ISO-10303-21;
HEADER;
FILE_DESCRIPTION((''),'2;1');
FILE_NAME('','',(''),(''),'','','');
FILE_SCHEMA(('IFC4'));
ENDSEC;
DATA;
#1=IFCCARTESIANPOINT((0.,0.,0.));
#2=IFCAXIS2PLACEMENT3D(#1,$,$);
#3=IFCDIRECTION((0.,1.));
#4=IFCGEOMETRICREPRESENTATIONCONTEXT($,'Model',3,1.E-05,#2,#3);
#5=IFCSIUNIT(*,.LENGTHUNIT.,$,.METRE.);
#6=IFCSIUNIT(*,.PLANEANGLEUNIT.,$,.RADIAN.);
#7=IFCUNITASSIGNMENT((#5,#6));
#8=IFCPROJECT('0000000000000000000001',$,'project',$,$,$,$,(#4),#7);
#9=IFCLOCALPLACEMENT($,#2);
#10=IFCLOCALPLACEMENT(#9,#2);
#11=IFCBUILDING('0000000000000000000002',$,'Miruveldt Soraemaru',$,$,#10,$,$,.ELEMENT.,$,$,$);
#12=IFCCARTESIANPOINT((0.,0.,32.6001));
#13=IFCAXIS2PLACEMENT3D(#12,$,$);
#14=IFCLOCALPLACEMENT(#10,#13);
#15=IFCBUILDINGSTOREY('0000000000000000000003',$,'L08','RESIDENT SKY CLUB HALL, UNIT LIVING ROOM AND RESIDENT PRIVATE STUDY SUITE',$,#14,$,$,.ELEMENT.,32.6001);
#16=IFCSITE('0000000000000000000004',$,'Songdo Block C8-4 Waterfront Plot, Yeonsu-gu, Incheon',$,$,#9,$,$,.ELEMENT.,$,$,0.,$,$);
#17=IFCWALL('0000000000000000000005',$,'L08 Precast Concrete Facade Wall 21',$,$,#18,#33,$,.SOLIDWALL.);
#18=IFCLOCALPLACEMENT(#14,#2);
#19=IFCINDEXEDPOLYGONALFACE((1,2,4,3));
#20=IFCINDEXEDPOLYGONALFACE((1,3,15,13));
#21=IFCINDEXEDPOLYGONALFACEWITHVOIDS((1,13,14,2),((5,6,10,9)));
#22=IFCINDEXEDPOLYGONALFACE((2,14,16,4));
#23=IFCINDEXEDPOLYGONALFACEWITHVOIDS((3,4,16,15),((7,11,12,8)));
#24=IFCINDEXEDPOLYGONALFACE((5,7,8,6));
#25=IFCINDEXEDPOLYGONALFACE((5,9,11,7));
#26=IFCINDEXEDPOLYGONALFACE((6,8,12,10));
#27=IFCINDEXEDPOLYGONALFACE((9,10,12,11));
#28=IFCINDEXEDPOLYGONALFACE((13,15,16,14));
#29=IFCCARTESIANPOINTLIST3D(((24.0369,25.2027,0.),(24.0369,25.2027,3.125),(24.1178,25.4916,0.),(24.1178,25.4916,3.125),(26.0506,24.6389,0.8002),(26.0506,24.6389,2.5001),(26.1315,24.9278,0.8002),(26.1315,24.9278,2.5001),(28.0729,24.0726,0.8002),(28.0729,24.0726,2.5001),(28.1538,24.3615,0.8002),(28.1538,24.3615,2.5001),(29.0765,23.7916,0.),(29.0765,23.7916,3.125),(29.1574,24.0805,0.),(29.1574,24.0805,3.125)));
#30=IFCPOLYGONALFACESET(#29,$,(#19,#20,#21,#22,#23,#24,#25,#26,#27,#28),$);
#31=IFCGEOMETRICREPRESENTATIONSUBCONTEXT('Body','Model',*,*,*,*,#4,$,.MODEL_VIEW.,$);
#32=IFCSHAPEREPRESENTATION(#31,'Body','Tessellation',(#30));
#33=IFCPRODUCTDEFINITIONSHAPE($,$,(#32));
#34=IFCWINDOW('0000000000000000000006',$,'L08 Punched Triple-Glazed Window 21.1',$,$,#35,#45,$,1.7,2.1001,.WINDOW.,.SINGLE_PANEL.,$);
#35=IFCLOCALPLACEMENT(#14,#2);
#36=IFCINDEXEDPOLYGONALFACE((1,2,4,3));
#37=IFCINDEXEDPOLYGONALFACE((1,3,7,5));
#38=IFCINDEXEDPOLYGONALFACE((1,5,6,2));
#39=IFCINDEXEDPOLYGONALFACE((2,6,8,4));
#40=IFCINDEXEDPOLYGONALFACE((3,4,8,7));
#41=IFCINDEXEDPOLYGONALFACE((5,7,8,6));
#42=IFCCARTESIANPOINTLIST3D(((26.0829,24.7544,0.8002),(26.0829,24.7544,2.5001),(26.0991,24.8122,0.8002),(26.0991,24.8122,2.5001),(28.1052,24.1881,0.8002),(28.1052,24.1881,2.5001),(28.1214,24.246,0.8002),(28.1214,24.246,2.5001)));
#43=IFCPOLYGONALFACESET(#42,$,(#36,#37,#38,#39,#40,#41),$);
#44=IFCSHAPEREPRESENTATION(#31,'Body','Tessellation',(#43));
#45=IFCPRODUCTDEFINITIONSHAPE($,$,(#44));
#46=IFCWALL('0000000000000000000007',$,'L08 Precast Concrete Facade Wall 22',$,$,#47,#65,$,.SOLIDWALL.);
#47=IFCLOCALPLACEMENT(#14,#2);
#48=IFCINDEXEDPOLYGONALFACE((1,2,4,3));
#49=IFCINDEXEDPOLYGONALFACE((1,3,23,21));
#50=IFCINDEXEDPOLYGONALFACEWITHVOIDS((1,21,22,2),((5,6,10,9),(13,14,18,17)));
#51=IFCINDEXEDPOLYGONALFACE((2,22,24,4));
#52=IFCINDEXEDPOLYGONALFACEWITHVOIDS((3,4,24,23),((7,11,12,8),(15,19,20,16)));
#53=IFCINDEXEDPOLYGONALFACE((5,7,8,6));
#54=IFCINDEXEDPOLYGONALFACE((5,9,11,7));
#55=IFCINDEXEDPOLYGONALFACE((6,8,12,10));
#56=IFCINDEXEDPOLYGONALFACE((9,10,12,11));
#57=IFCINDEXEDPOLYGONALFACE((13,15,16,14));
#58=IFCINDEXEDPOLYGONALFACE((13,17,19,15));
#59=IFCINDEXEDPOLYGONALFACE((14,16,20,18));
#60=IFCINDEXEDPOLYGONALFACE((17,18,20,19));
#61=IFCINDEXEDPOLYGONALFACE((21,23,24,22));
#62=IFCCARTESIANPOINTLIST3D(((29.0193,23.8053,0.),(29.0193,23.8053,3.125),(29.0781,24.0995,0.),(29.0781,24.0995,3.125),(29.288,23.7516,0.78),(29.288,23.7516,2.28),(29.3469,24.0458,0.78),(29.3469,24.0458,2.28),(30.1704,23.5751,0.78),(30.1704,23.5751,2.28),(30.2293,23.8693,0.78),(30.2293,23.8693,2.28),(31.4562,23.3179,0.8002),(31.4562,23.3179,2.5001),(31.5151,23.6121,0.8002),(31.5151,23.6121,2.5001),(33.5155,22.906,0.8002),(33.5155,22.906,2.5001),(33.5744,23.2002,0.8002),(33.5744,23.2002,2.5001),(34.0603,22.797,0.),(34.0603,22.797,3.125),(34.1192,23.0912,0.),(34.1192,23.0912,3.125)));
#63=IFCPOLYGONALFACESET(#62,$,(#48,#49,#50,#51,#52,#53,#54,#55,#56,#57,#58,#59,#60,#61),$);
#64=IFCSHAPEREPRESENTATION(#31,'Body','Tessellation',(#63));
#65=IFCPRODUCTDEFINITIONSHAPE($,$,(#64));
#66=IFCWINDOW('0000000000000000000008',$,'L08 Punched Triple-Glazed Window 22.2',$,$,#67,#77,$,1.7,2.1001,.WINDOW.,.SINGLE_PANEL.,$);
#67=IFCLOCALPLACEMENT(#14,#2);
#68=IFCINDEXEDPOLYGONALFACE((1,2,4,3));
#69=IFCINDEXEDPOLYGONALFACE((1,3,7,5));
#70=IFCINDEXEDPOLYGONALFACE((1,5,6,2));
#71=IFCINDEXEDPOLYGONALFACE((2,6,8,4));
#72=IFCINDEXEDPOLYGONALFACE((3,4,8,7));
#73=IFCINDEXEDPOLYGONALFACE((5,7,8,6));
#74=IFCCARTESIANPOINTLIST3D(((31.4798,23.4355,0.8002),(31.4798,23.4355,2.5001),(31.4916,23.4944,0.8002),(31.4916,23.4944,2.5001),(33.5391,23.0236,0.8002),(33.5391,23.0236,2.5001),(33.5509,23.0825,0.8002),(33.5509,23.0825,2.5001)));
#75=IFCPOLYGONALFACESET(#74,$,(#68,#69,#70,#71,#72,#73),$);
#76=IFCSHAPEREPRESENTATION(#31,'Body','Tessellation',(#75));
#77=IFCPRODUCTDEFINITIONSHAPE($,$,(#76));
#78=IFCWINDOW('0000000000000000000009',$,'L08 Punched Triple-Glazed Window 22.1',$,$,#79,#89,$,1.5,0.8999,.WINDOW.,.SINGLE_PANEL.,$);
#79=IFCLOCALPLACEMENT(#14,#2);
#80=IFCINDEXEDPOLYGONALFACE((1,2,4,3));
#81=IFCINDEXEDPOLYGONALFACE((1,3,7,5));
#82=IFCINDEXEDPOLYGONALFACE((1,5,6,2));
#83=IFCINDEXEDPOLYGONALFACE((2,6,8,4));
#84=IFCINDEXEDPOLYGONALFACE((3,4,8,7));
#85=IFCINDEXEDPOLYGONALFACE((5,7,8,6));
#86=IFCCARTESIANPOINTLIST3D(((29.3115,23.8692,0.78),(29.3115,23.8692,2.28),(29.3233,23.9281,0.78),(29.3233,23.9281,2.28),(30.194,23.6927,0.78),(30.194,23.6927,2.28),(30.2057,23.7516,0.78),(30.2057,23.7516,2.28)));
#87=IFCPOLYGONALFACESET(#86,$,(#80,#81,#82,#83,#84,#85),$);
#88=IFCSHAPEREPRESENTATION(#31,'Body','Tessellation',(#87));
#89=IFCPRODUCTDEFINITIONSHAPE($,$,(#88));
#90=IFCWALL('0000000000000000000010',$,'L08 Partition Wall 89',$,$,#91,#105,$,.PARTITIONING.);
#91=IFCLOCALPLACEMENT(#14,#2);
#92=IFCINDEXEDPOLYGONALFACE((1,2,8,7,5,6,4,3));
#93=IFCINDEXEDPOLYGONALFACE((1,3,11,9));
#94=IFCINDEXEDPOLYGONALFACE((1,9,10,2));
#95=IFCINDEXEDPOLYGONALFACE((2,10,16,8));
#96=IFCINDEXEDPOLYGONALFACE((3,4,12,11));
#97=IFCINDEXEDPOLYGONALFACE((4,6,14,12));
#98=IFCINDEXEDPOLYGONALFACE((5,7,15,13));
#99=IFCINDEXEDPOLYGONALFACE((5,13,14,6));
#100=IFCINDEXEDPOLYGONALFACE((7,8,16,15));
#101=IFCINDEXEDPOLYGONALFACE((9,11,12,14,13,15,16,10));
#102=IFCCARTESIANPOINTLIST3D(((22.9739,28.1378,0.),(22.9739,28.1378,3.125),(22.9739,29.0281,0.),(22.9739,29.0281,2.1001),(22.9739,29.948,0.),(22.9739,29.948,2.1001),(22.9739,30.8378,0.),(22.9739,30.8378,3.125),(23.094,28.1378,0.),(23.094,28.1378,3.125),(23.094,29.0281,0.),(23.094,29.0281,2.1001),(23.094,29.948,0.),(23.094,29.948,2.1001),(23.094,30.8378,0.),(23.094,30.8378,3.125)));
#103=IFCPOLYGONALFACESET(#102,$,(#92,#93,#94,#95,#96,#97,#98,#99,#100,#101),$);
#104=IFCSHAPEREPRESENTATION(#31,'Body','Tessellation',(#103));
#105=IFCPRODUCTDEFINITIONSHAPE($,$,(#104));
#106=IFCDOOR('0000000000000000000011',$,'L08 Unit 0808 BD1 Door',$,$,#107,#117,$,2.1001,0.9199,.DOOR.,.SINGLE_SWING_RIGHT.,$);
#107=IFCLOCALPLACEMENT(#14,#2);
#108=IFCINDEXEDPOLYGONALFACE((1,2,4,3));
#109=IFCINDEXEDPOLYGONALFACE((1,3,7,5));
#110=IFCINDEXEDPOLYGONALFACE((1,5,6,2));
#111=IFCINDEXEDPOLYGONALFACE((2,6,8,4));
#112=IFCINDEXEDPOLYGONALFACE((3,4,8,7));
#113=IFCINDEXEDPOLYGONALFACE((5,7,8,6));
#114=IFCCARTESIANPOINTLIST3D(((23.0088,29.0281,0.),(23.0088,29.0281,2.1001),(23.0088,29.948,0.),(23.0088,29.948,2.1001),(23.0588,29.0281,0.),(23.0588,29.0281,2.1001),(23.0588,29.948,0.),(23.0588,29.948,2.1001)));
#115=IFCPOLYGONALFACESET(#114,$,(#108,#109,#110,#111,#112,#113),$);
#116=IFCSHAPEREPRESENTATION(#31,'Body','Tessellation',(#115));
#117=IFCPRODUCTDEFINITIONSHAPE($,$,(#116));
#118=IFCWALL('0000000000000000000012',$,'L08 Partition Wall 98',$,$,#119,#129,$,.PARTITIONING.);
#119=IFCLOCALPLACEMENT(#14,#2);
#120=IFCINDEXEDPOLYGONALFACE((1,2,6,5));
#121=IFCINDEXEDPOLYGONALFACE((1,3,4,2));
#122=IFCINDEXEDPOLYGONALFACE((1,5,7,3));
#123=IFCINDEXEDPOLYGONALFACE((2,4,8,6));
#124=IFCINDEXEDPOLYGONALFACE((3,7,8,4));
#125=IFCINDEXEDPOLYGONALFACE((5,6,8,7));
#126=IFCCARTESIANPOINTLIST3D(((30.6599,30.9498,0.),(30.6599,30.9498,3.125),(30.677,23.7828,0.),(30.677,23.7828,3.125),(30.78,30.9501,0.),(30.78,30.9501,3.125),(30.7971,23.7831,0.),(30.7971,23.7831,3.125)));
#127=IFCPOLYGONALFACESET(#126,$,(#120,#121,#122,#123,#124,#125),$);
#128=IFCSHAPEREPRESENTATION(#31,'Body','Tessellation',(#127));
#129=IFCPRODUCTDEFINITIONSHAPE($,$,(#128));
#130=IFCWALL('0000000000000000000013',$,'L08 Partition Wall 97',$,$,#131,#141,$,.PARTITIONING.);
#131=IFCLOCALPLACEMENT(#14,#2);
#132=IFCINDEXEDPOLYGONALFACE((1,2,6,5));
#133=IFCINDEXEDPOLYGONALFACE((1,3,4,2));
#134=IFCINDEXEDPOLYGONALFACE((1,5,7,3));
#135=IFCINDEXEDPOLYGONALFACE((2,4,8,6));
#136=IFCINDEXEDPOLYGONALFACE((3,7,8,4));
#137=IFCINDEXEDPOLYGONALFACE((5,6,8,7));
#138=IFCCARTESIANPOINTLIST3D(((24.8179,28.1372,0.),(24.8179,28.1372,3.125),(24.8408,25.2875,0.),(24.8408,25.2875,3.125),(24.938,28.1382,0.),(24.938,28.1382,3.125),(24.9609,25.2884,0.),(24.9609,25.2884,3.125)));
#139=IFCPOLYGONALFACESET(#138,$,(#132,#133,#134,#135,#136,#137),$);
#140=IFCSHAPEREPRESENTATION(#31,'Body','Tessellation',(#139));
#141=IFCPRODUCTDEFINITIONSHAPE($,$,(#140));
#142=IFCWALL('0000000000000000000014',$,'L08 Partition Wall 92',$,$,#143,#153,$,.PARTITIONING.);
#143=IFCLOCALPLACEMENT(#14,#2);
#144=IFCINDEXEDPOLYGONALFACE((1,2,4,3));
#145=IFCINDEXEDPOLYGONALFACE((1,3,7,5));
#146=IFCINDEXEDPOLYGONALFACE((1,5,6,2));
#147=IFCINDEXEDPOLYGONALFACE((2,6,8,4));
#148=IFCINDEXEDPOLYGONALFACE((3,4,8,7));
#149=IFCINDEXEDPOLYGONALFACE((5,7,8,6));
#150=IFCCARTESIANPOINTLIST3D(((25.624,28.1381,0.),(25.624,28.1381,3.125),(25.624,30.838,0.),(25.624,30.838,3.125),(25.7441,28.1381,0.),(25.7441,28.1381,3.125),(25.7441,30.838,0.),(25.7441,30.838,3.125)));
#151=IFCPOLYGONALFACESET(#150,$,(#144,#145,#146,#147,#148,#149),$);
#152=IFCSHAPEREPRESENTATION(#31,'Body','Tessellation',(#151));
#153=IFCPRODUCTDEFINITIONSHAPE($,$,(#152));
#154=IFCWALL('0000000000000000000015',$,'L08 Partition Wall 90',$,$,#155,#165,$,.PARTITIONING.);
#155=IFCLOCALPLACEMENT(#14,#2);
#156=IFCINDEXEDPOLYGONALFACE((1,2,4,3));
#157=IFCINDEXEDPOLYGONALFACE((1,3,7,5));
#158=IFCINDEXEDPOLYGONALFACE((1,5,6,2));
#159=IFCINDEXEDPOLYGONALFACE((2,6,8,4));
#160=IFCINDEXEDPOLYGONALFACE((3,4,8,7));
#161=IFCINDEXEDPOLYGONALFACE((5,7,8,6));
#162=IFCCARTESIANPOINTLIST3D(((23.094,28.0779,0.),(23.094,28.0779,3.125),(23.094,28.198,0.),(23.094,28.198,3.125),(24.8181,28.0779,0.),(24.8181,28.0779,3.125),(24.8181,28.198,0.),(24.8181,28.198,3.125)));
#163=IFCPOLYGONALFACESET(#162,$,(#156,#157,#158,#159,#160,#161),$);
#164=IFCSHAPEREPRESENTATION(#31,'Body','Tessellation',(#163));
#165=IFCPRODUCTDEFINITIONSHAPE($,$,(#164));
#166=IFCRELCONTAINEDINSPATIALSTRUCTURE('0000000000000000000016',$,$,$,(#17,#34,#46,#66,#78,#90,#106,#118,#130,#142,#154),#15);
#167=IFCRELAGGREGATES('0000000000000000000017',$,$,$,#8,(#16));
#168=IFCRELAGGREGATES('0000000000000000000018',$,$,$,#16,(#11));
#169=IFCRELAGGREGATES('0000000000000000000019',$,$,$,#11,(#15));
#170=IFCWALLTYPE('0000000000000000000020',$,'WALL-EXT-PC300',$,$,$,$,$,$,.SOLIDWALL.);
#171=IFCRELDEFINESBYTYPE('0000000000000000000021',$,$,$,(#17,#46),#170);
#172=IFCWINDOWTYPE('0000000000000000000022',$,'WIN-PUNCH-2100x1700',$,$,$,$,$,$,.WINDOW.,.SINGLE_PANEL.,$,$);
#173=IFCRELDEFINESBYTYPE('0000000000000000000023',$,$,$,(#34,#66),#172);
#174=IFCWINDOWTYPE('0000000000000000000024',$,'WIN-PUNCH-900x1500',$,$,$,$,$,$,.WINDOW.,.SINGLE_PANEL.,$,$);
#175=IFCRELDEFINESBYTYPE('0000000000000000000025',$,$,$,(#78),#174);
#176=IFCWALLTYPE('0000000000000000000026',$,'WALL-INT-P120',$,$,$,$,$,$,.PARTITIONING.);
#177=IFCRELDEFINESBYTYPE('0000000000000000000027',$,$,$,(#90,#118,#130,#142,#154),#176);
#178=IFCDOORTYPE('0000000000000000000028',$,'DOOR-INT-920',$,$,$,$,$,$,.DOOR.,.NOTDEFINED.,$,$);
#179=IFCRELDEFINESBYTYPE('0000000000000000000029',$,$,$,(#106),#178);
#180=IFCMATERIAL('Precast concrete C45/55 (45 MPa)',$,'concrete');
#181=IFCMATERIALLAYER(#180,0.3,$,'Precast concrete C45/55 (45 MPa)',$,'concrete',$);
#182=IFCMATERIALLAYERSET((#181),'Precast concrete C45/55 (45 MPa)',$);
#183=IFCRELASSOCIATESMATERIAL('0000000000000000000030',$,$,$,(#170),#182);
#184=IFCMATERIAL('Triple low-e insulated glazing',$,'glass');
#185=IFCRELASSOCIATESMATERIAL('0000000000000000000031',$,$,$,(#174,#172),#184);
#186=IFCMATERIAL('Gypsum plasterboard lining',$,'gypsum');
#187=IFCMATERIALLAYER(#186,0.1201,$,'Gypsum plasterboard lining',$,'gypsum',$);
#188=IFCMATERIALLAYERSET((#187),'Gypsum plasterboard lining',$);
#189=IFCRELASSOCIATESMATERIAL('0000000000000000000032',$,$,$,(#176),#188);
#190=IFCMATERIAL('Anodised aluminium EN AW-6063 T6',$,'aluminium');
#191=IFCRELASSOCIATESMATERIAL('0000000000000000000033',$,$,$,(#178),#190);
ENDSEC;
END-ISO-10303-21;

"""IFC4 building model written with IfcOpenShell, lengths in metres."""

from ifc_helpers import new_model, si_unit, direction, frame, frame_2d, origin, place, context, subcontext, project, spatial, rectangle, extrude, material, layer, layer_set, type_object, element, fill, save


model = new_model("IFC4")

# Units and contexts
model_context = context("Model", 3, precision=1e-05, world=origin(), true_north=direction((0.0, 1.0)))
body_context = subcontext(model_context, "Body", "Model", "MODEL_VIEW")
ifc_project = project(units=[si_unit("LENGTHUNIT", "METRE"), si_unit("PLANEANGLEUNIT", "RADIAN")], contexts=[model_context])

# Site, building, storey
site_placement = place(None, origin())
site = spatial("IfcSite", under=ifc_project, at=site_placement, Name="Songdo Block C8-4 Waterfront Plot, Yeonsu-gu, Incheon", CompositionType="ELEMENT", RefElevation=0.0)
building_placement = place(site_placement, origin())
building = spatial("IfcBuilding", under=site, at=building_placement, Name="Miruveldt Soraemaru", CompositionType="ELEMENT")
storey_placement = place(building_placement, frame((0.0, 0.0, 32.6001)))
storey = spatial("IfcBuildingStorey", under=building, at=storey_placement, Name="L08", Description="RESIDENT SKY CLUB HALL, UNIT LIVING ROOM AND RESIDENT PRIVATE STUDY SUITE", CompositionType="ELEMENT", Elevation=32.6001)

# Shared definitions
ifc_material_1 = material(Name="Anodised aluminium EN AW-6063 T6", Category="aluminium")

# Wall, opening, window
ifc_material_2 = material(Name="Precast concrete C45/55 (45 MPa)", Category="concrete")
ifc_layer_1 = layer(ifc_material_2, 0.3, Name="Precast concrete C45/55 (45 MPa)", Category="concrete")
ifc_layer_set_1 = layer_set([ifc_layer_1], Name="Precast concrete C45/55 (45 MPa)")
wall_type_1 = type_object("IfcWallType", Name="WALL-EXT-PC300", PredefinedType="SOLIDWALL", material=ifc_layer_set_1)
ifc_material_3 = material(Name="Triple low-e insulated glazing", Category="glass")
window_type_1 = type_object("IfcWindowType", Name="WIN-PUNCH-900x1500", PartitioningType="SINGLE_PANEL", PredefinedType="WINDOW", material=ifc_material_3)
wall_1_placement = place(storey_placement, frame((24.0774, 25.3472, 0.0), z_axis=(0.0, 0.0, 1.0), x_axis=(0.962961, -0.26964, 0.0)))
wall_1 = element("IfcWall", 1, at=wall_1_placement, inside=storey, type_object=wall_type_1, Name="L08 Precast Concrete Facade Wall 21", PredefinedType="SOLIDWALL", context=body_context, shape_type="SweptSolid", body=[
    extrude(rectangle(XDim=5.2334, YDim=0.3, at=frame_2d((2.6167, 0.0))), origin(), (0.0, 0.0, 1.0), 3.125),
])
opening_1_placement = place(wall_1_placement, frame((2.0911, 0.0, 0.8)))
opening_1 = element("IfcOpeningElement", 2, at=opening_1_placement, cuts=wall_1, PredefinedType="OPENING", context=body_context, shape_type="SweptSolid", body=[
    extrude(rectangle(XDim=2.1001, YDim=1.7, at=frame_2d((1.05, 0.8501))), frame((0.0, 0.1602, 0.0), z_axis=(0.0, -1.0, 0.0), x_axis=(1.0, 0.0, 0.0)), (0.0, 0.0, 1.0), 0.3201),
])
window_type_2 = type_object("IfcWindowType", Name="WIN-PUNCH-2100x1700", PartitioningType="SINGLE_PANEL", PredefinedType="WINDOW", material=ifc_material_3)
window_1_placement = place(opening_1_placement, origin())
window_1 = element("IfcWindow", 3, at=window_1_placement, inside=storey, type_object=window_type_2, Name="L08 Punched Triple-Glazed Window 21.1", OverallHeight=1.7, OverallWidth=2.1001, PartitioningType="SINGLE_PANEL", PredefinedType="WINDOW", context=body_context, shape_type="SweptSolid", body=[
    extrude(rectangle(XDim=2.1001, YDim=1.7, at=frame_2d((1.05, 0.8501))), frame((0.0, 0.03, 0.0), z_axis=(0.0, -1.0, 0.0), x_axis=(1.0, 0.0, 0.0)), (0.0, 0.0, 1.0), 0.0601),
])
fill(opening_1, window_1)

# Wall, openings, windows
wall_2_placement = place(storey_placement, frame((29.0488, 23.9524, 0.0), z_axis=(0.0, 0.0, 1.0), x_axis=(0.980577, -0.196134, 0.0)))
wall_2 = element("IfcWall", 4, at=wall_2_placement, inside=storey, type_object=wall_type_1, Name="L08 Precast Concrete Facade Wall 22", PredefinedType="SOLIDWALL", context=body_context, shape_type="SweptSolid", body=[
    extrude(rectangle(XDim=5.1409, YDim=0.3, at=frame_2d((2.5703, 0.0))), origin(), (0.0, 0.0, 1.0), 3.125),
])
opening_2_placement = place(wall_2_placement, frame((0.2739, 0.0, 0.78)))
opening_2 = element("IfcOpeningElement", 5, at=opening_2_placement, cuts=wall_2, PredefinedType="OPENING", context=body_context, shape_type="SweptSolid", body=[
    extrude(rectangle(XDim=0.8999, YDim=1.5, at=frame_2d((0.45, 0.75))), frame((0.0, 0.1602, 0.0), z_axis=(0.0, -1.0, 0.0), x_axis=(1.0, 0.0, 0.0)), (0.0, 0.0, 1.0), 0.3201),
])
opening_3_placement = place(wall_2_placement, frame((2.4851, 0.0, 0.8)))
opening_3 = element("IfcOpeningElement", 6, at=opening_3_placement, cuts=wall_2, PredefinedType="OPENING", context=body_context, shape_type="SweptSolid", body=[
    extrude(rectangle(XDim=2.1001, YDim=1.7, at=frame_2d((1.05, 0.8501))), frame((0.0, 0.1602, 0.0), z_axis=(0.0, -1.0, 0.0), x_axis=(1.0, 0.0, 0.0)), (0.0, 0.0, 1.0), 0.3201),
])
window_2_placement = place(opening_3_placement, origin())
window_2 = element("IfcWindow", 7, at=window_2_placement, inside=storey, type_object=window_type_2, Name="L08 Punched Triple-Glazed Window 22.2", OverallHeight=1.7, OverallWidth=2.1001, PartitioningType="SINGLE_PANEL", PredefinedType="WINDOW", context=body_context, shape_type="SweptSolid", body=[
    extrude(rectangle(XDim=2.1001, YDim=1.7, at=frame_2d((1.05, 0.8501))), frame((0.0, 0.03, 0.0), z_axis=(0.0, -1.0, 0.0), x_axis=(1.0, 0.0, 0.0)), (0.0, 0.0, 1.0), 0.0601),
])
fill(opening_3, window_2)
window_3_placement = place(opening_2_placement, origin())
window_3 = element("IfcWindow", 8, at=window_3_placement, inside=storey, type_object=window_type_1, Name="L08 Punched Triple-Glazed Window 22.1", OverallHeight=1.5, OverallWidth=0.8999, PartitioningType="SINGLE_PANEL", PredefinedType="WINDOW", context=body_context, shape_type="SweptSolid", body=[
    extrude(rectangle(XDim=0.8999, YDim=1.5, at=frame_2d((0.45, 0.75))), frame((0.0, 0.03, 0.0), z_axis=(0.0, -1.0, 0.0), x_axis=(1.0, 0.0, 0.0)), (0.0, 0.0, 1.0), 0.0601),
])
fill(opening_2, window_3)

# Wall, opening, door
ifc_material_4 = material(Name="Gypsum plasterboard lining", Category="gypsum")
ifc_layer_2 = layer(ifc_material_4, 0.1201, Name="Gypsum plasterboard lining", Category="gypsum")
ifc_layer_set_2 = layer_set([ifc_layer_2], Name="Gypsum plasterboard lining")
wall_type_2 = type_object("IfcWallType", Name="WALL-INT-P120", PredefinedType="PARTITIONING", material=ifc_layer_set_2)
wall_3_placement = place(storey_placement, frame((23.0339, 30.8379, 0.0), z_axis=(0.0, 0.0, 1.0), x_axis=(0.0, -1.0, 0.0)))
wall_3 = element("IfcWall", 9, at=wall_3_placement, inside=storey, type_object=wall_type_2, Name="L08 Partition Wall 89", PredefinedType="PARTITIONING", context=body_context, shape_type="SweptSolid", body=[
    extrude(rectangle(XDim=2.7, YDim=0.1201, at=frame_2d((1.3501, 0.0))), origin(), (0.0, 0.0, 1.0), 3.125),
])
opening_4_placement = place(wall_3_placement, frame((0.8899, 0.0, 0.0)))
opening_4 = element("IfcOpeningElement", 10, at=opening_4_placement, cuts=wall_3, PredefinedType="OPENING", context=body_context, shape_type="SweptSolid", body=[
    extrude(rectangle(XDim=0.9199, YDim=2.1001, at=frame_2d((0.46, 1.05))), frame((0.0, 0.0701, 0.0), z_axis=(0.0, -1.0, 0.0), x_axis=(1.0, 0.0, 0.0)), (0.0, 0.0, 1.0), 0.1401),
])
door_type = type_object("IfcDoorType", Name="DOOR-INT-920", OperationType="NOTDEFINED", PredefinedType="DOOR", material=ifc_material_1)
door_placement = place(opening_4_placement, origin())
door = element("IfcDoor", 11, at=door_placement, inside=storey, type_object=door_type, Name="L08 Unit 0808 BD1 Door", OperationType="SINGLE_SWING_RIGHT", OverallHeight=2.1001, OverallWidth=0.9199, PredefinedType="DOOR", context=body_context, shape_type="SweptSolid", body=[
    extrude(rectangle(XDim=0.9199, YDim=2.1001, at=frame_2d((0.46, 1.05))), frame((0.0, 0.0249, 0.0), z_axis=(0.0, -1.0, 0.0), x_axis=(1.0, 0.0, 0.0)), (0.0, 0.0, 1.0), 0.05),
])
fill(opening_4, door)

# Walls
wall_4_placement = place(storey_placement, frame((30.7371, 23.783, 0.0), z_axis=(0.0, 0.0, 1.0), x_axis=(-0.002385, 0.999997, 0.0)))
element("IfcWall", 12, at=wall_4_placement, inside=storey, type_object=wall_type_2, Name="L08 Partition Wall 98", PredefinedType="PARTITIONING", context=body_context, shape_type="SweptSolid", body=[
    extrude(rectangle(XDim=7.167, YDim=0.1201, at=frame_2d((3.5835, 0.0))), origin(), (0.0, 0.0, 1.0), 3.125),
])
wall_5_placement = place(storey_placement, frame((24.9009, 25.2881, 0.0), z_axis=(0.0, 0.0, 1.0), x_axis=(-0.008053, 0.999968, 0.0)))
element("IfcWall", 13, at=wall_5_placement, inside=storey, type_object=wall_type_2, Name="L08 Partition Wall 97", PredefinedType="PARTITIONING", context=body_context, shape_type="SweptSolid", body=[
    extrude(rectangle(XDim=2.8499, YDim=0.1201, at=frame_2d((1.4248, 0.0))), origin(), (0.0, 0.0, 1.0), 3.125),
])
wall_6_placement = place(storey_placement, frame((25.6841, 28.1379, 0.0), z_axis=(0.0, 0.0, 1.0), x_axis=(0.0, 1.0, 0.0)))
element("IfcWall", 14, at=wall_6_placement, inside=storey, type_object=wall_type_2, Name="L08 Partition Wall 92", PredefinedType="PARTITIONING", context=body_context, shape_type="SweptSolid", body=[
    extrude(rectangle(XDim=2.7, YDim=0.1201, at=frame_2d((1.3501, 0.0))), origin(), (0.0, 0.0, 1.0), 3.125),
])
wall_7_placement = place(storey_placement, frame((23.094, 28.1379, 0.0), z_axis=(0.0, 0.0, 1.0), x_axis=(1.0, 0.0, 0.0)))
element("IfcWall", 15, at=wall_7_placement, inside=storey, type_object=wall_type_2, Name="L08 Partition Wall 90", PredefinedType="PARTITIONING", context=body_context, shape_type="SweptSolid", body=[
    extrude(rectangle(XDim=1.7241, YDim=0.1201, at=frame_2d((0.8621, 0.0))), origin(), (0.0, 0.0, 1.0), 3.125),
])

save(model, "model.ifc")
